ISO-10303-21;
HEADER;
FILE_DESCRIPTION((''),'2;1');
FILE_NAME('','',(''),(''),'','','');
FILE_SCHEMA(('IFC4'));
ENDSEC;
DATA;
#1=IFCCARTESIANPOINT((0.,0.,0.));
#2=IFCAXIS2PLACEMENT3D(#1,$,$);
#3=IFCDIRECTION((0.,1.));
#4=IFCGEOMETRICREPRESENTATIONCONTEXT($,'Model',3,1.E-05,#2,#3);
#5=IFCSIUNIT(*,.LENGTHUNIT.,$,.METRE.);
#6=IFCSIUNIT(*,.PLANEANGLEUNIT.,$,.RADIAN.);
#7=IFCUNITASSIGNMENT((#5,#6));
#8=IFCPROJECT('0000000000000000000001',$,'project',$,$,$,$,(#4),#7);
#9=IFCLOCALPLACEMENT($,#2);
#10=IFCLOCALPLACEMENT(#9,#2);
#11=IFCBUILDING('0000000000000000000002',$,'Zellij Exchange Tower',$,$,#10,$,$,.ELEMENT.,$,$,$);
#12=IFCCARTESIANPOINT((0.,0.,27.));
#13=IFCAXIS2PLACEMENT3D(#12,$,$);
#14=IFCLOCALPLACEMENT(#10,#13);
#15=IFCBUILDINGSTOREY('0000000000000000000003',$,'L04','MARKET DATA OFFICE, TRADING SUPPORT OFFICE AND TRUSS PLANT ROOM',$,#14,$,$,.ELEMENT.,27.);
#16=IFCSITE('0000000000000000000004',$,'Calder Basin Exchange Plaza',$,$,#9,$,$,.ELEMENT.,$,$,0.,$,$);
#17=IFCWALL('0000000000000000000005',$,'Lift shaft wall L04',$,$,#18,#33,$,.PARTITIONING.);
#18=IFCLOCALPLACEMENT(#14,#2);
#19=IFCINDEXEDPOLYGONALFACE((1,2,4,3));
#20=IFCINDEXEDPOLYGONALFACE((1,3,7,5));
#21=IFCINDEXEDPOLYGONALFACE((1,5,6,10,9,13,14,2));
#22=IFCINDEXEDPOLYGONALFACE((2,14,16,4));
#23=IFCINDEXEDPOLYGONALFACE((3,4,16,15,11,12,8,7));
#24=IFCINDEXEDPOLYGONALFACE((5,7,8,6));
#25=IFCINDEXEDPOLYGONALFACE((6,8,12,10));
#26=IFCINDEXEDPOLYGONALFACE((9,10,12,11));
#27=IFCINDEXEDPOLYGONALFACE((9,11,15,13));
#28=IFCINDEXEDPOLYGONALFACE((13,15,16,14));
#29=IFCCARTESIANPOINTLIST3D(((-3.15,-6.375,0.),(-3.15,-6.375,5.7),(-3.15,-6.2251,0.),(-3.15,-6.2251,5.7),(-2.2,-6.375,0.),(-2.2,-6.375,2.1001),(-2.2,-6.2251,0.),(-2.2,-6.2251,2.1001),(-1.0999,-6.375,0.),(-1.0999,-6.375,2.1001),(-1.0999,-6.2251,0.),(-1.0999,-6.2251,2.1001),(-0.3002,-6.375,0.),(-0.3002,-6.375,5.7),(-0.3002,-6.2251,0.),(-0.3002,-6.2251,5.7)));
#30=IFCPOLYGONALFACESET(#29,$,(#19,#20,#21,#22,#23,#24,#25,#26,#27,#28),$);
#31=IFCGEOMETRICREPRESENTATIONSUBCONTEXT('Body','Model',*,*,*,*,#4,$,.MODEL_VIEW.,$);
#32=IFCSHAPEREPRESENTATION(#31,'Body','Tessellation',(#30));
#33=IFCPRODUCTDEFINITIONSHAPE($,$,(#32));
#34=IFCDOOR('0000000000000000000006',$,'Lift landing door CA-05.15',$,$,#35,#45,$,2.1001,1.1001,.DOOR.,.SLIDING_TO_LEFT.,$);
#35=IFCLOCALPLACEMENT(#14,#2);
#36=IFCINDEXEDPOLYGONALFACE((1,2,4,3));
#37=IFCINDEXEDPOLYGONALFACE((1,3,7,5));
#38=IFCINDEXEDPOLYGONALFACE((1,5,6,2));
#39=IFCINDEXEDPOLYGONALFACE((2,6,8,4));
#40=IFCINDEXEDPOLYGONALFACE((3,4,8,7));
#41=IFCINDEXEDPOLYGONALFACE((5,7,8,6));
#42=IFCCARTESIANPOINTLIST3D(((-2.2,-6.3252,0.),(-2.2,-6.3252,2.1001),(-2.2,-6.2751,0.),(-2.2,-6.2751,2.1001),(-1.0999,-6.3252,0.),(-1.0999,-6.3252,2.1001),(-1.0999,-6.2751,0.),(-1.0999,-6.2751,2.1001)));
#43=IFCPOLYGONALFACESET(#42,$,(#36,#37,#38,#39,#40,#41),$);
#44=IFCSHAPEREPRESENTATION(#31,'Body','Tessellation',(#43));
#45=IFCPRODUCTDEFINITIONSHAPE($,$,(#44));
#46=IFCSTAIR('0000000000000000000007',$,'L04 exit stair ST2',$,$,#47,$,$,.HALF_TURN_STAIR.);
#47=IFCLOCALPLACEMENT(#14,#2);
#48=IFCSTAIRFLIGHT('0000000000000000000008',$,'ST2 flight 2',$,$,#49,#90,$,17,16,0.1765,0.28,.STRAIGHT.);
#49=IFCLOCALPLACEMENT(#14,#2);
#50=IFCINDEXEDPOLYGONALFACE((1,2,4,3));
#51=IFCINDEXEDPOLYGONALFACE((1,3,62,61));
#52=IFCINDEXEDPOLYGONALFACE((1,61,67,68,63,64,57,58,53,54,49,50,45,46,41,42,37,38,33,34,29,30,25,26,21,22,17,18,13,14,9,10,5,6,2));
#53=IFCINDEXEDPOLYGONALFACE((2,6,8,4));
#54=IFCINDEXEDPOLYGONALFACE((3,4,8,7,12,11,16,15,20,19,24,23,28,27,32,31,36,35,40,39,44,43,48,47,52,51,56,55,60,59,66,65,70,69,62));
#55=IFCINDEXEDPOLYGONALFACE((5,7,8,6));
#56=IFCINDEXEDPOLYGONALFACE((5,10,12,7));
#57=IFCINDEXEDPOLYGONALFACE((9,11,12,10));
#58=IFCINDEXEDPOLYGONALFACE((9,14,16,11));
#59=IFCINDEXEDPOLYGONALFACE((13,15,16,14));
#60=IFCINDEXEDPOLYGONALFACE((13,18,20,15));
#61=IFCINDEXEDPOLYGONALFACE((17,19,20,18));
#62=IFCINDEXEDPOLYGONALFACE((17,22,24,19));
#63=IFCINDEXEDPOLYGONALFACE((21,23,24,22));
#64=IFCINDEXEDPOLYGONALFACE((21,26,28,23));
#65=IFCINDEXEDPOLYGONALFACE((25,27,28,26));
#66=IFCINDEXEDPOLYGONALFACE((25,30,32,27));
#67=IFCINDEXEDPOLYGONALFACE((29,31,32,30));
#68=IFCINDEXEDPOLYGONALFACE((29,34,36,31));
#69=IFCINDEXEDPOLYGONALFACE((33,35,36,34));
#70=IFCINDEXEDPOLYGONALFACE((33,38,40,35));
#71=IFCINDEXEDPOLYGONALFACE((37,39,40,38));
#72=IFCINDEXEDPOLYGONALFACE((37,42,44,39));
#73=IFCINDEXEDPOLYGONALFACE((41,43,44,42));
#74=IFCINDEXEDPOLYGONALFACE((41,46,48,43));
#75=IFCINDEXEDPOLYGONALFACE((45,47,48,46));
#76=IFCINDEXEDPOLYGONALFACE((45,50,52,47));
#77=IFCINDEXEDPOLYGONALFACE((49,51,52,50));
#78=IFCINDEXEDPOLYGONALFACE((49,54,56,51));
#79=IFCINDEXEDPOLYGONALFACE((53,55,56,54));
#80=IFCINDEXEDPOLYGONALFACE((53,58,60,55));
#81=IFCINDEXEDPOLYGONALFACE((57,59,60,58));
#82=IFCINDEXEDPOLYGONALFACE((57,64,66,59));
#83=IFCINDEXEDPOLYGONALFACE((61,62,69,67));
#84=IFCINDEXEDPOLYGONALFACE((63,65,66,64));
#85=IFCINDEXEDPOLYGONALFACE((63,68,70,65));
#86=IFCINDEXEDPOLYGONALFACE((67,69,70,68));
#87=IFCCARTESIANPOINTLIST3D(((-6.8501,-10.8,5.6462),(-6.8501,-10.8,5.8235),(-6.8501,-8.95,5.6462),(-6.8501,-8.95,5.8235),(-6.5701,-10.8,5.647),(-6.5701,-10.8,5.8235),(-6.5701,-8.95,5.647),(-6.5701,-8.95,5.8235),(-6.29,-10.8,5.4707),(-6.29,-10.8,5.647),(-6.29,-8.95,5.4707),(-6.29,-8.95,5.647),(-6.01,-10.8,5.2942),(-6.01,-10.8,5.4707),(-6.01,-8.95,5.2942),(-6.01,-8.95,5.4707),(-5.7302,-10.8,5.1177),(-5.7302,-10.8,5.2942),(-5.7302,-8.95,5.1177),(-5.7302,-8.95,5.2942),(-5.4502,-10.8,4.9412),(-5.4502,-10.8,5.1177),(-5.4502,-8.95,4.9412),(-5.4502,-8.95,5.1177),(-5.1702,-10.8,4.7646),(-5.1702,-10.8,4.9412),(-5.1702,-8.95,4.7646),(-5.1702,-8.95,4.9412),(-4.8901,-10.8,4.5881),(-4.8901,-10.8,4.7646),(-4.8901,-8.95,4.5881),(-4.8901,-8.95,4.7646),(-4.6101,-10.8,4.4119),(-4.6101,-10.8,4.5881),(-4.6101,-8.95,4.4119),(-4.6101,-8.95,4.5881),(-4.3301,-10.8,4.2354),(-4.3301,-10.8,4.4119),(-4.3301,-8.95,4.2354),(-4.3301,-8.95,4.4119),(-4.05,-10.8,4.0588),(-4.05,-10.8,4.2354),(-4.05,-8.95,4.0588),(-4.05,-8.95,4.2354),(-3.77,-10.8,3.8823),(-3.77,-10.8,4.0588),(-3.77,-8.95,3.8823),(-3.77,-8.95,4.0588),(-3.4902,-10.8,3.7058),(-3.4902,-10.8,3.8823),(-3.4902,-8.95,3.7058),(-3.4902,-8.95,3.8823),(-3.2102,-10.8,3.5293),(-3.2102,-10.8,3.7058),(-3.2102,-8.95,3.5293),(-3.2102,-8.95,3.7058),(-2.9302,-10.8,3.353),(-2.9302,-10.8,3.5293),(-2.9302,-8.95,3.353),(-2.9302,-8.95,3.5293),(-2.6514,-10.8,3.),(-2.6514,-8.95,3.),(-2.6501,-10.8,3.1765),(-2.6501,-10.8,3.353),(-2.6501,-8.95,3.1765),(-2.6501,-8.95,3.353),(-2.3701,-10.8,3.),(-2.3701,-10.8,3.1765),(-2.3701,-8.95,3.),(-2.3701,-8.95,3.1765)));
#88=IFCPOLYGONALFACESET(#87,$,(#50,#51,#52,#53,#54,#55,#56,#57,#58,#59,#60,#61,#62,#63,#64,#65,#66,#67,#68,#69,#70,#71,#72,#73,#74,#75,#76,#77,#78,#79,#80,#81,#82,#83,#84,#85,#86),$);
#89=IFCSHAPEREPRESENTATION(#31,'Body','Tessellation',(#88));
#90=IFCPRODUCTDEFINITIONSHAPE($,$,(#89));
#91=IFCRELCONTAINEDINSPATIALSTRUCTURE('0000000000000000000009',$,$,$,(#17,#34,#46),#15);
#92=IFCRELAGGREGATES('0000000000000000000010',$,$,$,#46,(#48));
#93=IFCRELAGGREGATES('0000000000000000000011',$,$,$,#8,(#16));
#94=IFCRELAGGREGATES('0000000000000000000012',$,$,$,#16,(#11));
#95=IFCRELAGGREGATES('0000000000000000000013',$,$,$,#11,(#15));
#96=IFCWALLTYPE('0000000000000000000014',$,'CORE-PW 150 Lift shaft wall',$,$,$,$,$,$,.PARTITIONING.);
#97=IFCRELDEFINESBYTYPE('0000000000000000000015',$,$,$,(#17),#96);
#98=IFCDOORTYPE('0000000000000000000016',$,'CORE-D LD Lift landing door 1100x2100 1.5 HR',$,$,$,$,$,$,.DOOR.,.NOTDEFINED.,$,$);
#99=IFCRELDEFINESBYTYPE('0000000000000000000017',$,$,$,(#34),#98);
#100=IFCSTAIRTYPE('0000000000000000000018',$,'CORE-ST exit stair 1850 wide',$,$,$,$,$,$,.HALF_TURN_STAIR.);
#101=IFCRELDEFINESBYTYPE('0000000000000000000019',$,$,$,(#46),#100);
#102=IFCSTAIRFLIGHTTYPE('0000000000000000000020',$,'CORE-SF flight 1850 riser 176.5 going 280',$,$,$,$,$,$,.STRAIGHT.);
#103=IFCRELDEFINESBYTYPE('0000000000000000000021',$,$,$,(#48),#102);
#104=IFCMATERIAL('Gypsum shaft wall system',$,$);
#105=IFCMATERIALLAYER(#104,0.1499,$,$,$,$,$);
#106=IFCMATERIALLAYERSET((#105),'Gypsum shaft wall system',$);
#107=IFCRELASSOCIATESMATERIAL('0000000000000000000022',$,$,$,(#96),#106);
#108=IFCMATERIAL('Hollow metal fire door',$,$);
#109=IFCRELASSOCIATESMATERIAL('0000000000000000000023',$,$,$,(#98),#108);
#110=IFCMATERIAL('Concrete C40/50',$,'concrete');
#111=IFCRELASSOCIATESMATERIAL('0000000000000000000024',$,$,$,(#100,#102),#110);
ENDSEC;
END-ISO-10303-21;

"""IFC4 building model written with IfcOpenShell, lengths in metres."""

from ifc_helpers import new_model, si_unit, direction, frame, frame_2d, origin, place, context, subcontext, project, spatial, polyline, rectangle, outline, extrude, material, layer, layer_set, type_object, element, fill, aggregate, save


model = new_model("IFC4")

# Units and contexts
model_context = context("Model", 3, precision=1e-05, world=origin(), true_north=direction((0.0, 1.0)))
body_context = subcontext(model_context, "Body", "Model", "MODEL_VIEW")
ifc_project = project(units=[si_unit("LENGTHUNIT", "METRE"), si_unit("PLANEANGLEUNIT", "RADIAN")], contexts=[model_context])

# Site, building, storey
site_placement = place(None, origin())
site = spatial("IfcSite", under=ifc_project, at=site_placement, Name="Calder Basin Exchange Plaza", CompositionType="ELEMENT", RefElevation=0.0)
building_placement = place(site_placement, origin())
building = spatial("IfcBuilding", under=site, at=building_placement, Name="Zellij Exchange Tower", CompositionType="ELEMENT")
storey_placement = place(building_placement, frame((0.0, 0.0, 27.0)))
storey = spatial("IfcBuildingStorey", under=building, at=storey_placement, Name="L04", Description="MARKET DATA OFFICE, TRADING SUPPORT OFFICE AND TRUSS PLANT ROOM", CompositionType="ELEMENT", Elevation=27.0)

# Shared definitions
ifc_material_1 = material(Name="Gypsum shaft wall system")
ifc_layer_1 = layer(ifc_material_1, 0.1499)
ifc_layer_set_1 = layer_set([ifc_layer_1], Name="Gypsum shaft wall system")
wall_type = type_object("IfcWallType", Name="CORE-PW 150 Lift shaft wall", PredefinedType="PARTITIONING", material=ifc_layer_set_1)

# Wall, opening, door
wall_placement = place(storey_placement, frame((-3.1499, -6.3, 0.0), z_axis=(0.0, 0.0, 1.0), x_axis=(1.0, 0.0, 0.0)))
wall = element("IfcWall", 1, at=wall_placement, inside=storey, type_object=wall_type, Name="Lift shaft wall L04", PredefinedType="PARTITIONING", context=body_context, shape_type="SweptSolid", body=[
    extrude(rectangle(XDim=2.8499, YDim=0.1499, at=frame_2d((1.4248, 0.0))), origin(), (0.0, 0.0, 1.0), 5.7),
])
opening_placement = place(wall_placement, frame((0.95, 0.0, 0.0)))
opening = element("IfcOpeningElement", 2, at=opening_placement, cuts=wall, PredefinedType="OPENING", context=body_context, shape_type="SweptSolid", body=[
    extrude(rectangle(XDim=1.1001, YDim=2.1001, at=frame_2d((0.55, 1.05))), frame((0.0, 0.0869, 0.0), z_axis=(0.0, -1.0, 0.0), x_axis=(1.0, 0.0, 0.0)), (0.0, 0.0, 1.0), 0.1738),
])
ifc_material_2 = material(Name="Hollow metal fire door")
door_type = type_object("IfcDoorType", Name="CORE-D LD Lift landing door 1100x2100 1.5 HR", OperationType="NOTDEFINED", PredefinedType="DOOR", material=ifc_material_2)
door_placement = place(opening_placement, origin())
door = element("IfcDoor", 3, at=door_placement, inside=storey, type_object=door_type, Name="Lift landing door CA-05.15", OperationType="SLIDING_TO_LEFT", OverallHeight=2.1001, OverallWidth=1.1001, PredefinedType="DOOR", context=body_context, shape_type="SweptSolid", body=[
    extrude(rectangle(XDim=1.1001, YDim=2.1001, at=frame_2d((0.55, 1.05))), frame((0.0, 0.0249, 0.0), z_axis=(0.0, -1.0, 0.0), x_axis=(1.0, 0.0, 0.0)), (0.0, 0.0, 1.0), 0.05),
])
fill(opening, door)

# Stair, stair flight
ifc_material_3 = material(Name="Concrete C40/50", Category="concrete")
stair_type = type_object("IfcStairType", Name="CORE-ST exit stair 1850 wide", PredefinedType="HALF_TURN_STAIR", material=ifc_material_3)
stair_placement = place(storey_placement, origin())
stair = element("IfcStair", 4, at=stair_placement, inside=storey, type_object=stair_type, Name="L04 exit stair ST2", PredefinedType="HALF_TURN_STAIR")
stair_flight_type = type_object("IfcStairFlightType", Name="CORE-SF flight 1850 riser 176.5 going 280", PredefinedType="STRAIGHT", material=ifc_material_3)
stair_flight_placement = place(storey_placement, frame((-2.3701, -9.875, 3.0), z_axis=(0.0, 0.0, 1.0), x_axis=(-1.0, 0.0, 0.0)))
stair_flight = element("IfcStairFlight", 5, at=stair_flight_placement, type_object=stair_flight_type, Name="ST2 flight 2", NumberOfRisers=17, NumberOfTreads=16, PredefinedType="STRAIGHT", RiserHeight=0.1765, TreadLength=0.28, context=body_context, shape_type="SweptSolid", body=[
    extrude(outline(polyline([(0.0, 0.0), (0.0, 0.1765), (0.28, 0.1765), (0.28, 0.353), (0.5601, 0.353), (0.5601, 0.5293), (0.8401, 0.5293), (0.8401, 0.7058), (1.1201, 0.7058), (1.1201, 0.8823), (1.3999, 0.8823), (1.3999, 1.0588), (1.6799, 1.0588), (1.6799, 1.2354), (1.96, 1.2354), (1.96, 1.4119), (2.24, 1.4119), (2.24, 1.5881), (2.52, 1.5881), (2.52, 1.7646), (2.8, 1.7646), (2.8, 1.9412), (3.0801, 1.9412), (3.0801, 2.1177), (3.3601, 2.1177), (3.3601, 2.2942), (3.6399, 2.2942), (3.6399, 2.4707), (3.9199, 2.4707), (3.9199, 2.647), (4.2, 2.647), (4.2, 2.8235), (4.48, 2.8235), (4.48, 3.0), (4.48, 2.6462), (0.2812, 0.0), (0.0, 0.0)])), frame((0.0, 0.925, 0.0), z_axis=(0.0, -1.0, 0.0), x_axis=(1.0, 0.0, 0.0)), (0.0, 0.0, 1.0), 1.8501),
])
aggregate(stair, [stair_flight])

save(model, "model.ifc")
